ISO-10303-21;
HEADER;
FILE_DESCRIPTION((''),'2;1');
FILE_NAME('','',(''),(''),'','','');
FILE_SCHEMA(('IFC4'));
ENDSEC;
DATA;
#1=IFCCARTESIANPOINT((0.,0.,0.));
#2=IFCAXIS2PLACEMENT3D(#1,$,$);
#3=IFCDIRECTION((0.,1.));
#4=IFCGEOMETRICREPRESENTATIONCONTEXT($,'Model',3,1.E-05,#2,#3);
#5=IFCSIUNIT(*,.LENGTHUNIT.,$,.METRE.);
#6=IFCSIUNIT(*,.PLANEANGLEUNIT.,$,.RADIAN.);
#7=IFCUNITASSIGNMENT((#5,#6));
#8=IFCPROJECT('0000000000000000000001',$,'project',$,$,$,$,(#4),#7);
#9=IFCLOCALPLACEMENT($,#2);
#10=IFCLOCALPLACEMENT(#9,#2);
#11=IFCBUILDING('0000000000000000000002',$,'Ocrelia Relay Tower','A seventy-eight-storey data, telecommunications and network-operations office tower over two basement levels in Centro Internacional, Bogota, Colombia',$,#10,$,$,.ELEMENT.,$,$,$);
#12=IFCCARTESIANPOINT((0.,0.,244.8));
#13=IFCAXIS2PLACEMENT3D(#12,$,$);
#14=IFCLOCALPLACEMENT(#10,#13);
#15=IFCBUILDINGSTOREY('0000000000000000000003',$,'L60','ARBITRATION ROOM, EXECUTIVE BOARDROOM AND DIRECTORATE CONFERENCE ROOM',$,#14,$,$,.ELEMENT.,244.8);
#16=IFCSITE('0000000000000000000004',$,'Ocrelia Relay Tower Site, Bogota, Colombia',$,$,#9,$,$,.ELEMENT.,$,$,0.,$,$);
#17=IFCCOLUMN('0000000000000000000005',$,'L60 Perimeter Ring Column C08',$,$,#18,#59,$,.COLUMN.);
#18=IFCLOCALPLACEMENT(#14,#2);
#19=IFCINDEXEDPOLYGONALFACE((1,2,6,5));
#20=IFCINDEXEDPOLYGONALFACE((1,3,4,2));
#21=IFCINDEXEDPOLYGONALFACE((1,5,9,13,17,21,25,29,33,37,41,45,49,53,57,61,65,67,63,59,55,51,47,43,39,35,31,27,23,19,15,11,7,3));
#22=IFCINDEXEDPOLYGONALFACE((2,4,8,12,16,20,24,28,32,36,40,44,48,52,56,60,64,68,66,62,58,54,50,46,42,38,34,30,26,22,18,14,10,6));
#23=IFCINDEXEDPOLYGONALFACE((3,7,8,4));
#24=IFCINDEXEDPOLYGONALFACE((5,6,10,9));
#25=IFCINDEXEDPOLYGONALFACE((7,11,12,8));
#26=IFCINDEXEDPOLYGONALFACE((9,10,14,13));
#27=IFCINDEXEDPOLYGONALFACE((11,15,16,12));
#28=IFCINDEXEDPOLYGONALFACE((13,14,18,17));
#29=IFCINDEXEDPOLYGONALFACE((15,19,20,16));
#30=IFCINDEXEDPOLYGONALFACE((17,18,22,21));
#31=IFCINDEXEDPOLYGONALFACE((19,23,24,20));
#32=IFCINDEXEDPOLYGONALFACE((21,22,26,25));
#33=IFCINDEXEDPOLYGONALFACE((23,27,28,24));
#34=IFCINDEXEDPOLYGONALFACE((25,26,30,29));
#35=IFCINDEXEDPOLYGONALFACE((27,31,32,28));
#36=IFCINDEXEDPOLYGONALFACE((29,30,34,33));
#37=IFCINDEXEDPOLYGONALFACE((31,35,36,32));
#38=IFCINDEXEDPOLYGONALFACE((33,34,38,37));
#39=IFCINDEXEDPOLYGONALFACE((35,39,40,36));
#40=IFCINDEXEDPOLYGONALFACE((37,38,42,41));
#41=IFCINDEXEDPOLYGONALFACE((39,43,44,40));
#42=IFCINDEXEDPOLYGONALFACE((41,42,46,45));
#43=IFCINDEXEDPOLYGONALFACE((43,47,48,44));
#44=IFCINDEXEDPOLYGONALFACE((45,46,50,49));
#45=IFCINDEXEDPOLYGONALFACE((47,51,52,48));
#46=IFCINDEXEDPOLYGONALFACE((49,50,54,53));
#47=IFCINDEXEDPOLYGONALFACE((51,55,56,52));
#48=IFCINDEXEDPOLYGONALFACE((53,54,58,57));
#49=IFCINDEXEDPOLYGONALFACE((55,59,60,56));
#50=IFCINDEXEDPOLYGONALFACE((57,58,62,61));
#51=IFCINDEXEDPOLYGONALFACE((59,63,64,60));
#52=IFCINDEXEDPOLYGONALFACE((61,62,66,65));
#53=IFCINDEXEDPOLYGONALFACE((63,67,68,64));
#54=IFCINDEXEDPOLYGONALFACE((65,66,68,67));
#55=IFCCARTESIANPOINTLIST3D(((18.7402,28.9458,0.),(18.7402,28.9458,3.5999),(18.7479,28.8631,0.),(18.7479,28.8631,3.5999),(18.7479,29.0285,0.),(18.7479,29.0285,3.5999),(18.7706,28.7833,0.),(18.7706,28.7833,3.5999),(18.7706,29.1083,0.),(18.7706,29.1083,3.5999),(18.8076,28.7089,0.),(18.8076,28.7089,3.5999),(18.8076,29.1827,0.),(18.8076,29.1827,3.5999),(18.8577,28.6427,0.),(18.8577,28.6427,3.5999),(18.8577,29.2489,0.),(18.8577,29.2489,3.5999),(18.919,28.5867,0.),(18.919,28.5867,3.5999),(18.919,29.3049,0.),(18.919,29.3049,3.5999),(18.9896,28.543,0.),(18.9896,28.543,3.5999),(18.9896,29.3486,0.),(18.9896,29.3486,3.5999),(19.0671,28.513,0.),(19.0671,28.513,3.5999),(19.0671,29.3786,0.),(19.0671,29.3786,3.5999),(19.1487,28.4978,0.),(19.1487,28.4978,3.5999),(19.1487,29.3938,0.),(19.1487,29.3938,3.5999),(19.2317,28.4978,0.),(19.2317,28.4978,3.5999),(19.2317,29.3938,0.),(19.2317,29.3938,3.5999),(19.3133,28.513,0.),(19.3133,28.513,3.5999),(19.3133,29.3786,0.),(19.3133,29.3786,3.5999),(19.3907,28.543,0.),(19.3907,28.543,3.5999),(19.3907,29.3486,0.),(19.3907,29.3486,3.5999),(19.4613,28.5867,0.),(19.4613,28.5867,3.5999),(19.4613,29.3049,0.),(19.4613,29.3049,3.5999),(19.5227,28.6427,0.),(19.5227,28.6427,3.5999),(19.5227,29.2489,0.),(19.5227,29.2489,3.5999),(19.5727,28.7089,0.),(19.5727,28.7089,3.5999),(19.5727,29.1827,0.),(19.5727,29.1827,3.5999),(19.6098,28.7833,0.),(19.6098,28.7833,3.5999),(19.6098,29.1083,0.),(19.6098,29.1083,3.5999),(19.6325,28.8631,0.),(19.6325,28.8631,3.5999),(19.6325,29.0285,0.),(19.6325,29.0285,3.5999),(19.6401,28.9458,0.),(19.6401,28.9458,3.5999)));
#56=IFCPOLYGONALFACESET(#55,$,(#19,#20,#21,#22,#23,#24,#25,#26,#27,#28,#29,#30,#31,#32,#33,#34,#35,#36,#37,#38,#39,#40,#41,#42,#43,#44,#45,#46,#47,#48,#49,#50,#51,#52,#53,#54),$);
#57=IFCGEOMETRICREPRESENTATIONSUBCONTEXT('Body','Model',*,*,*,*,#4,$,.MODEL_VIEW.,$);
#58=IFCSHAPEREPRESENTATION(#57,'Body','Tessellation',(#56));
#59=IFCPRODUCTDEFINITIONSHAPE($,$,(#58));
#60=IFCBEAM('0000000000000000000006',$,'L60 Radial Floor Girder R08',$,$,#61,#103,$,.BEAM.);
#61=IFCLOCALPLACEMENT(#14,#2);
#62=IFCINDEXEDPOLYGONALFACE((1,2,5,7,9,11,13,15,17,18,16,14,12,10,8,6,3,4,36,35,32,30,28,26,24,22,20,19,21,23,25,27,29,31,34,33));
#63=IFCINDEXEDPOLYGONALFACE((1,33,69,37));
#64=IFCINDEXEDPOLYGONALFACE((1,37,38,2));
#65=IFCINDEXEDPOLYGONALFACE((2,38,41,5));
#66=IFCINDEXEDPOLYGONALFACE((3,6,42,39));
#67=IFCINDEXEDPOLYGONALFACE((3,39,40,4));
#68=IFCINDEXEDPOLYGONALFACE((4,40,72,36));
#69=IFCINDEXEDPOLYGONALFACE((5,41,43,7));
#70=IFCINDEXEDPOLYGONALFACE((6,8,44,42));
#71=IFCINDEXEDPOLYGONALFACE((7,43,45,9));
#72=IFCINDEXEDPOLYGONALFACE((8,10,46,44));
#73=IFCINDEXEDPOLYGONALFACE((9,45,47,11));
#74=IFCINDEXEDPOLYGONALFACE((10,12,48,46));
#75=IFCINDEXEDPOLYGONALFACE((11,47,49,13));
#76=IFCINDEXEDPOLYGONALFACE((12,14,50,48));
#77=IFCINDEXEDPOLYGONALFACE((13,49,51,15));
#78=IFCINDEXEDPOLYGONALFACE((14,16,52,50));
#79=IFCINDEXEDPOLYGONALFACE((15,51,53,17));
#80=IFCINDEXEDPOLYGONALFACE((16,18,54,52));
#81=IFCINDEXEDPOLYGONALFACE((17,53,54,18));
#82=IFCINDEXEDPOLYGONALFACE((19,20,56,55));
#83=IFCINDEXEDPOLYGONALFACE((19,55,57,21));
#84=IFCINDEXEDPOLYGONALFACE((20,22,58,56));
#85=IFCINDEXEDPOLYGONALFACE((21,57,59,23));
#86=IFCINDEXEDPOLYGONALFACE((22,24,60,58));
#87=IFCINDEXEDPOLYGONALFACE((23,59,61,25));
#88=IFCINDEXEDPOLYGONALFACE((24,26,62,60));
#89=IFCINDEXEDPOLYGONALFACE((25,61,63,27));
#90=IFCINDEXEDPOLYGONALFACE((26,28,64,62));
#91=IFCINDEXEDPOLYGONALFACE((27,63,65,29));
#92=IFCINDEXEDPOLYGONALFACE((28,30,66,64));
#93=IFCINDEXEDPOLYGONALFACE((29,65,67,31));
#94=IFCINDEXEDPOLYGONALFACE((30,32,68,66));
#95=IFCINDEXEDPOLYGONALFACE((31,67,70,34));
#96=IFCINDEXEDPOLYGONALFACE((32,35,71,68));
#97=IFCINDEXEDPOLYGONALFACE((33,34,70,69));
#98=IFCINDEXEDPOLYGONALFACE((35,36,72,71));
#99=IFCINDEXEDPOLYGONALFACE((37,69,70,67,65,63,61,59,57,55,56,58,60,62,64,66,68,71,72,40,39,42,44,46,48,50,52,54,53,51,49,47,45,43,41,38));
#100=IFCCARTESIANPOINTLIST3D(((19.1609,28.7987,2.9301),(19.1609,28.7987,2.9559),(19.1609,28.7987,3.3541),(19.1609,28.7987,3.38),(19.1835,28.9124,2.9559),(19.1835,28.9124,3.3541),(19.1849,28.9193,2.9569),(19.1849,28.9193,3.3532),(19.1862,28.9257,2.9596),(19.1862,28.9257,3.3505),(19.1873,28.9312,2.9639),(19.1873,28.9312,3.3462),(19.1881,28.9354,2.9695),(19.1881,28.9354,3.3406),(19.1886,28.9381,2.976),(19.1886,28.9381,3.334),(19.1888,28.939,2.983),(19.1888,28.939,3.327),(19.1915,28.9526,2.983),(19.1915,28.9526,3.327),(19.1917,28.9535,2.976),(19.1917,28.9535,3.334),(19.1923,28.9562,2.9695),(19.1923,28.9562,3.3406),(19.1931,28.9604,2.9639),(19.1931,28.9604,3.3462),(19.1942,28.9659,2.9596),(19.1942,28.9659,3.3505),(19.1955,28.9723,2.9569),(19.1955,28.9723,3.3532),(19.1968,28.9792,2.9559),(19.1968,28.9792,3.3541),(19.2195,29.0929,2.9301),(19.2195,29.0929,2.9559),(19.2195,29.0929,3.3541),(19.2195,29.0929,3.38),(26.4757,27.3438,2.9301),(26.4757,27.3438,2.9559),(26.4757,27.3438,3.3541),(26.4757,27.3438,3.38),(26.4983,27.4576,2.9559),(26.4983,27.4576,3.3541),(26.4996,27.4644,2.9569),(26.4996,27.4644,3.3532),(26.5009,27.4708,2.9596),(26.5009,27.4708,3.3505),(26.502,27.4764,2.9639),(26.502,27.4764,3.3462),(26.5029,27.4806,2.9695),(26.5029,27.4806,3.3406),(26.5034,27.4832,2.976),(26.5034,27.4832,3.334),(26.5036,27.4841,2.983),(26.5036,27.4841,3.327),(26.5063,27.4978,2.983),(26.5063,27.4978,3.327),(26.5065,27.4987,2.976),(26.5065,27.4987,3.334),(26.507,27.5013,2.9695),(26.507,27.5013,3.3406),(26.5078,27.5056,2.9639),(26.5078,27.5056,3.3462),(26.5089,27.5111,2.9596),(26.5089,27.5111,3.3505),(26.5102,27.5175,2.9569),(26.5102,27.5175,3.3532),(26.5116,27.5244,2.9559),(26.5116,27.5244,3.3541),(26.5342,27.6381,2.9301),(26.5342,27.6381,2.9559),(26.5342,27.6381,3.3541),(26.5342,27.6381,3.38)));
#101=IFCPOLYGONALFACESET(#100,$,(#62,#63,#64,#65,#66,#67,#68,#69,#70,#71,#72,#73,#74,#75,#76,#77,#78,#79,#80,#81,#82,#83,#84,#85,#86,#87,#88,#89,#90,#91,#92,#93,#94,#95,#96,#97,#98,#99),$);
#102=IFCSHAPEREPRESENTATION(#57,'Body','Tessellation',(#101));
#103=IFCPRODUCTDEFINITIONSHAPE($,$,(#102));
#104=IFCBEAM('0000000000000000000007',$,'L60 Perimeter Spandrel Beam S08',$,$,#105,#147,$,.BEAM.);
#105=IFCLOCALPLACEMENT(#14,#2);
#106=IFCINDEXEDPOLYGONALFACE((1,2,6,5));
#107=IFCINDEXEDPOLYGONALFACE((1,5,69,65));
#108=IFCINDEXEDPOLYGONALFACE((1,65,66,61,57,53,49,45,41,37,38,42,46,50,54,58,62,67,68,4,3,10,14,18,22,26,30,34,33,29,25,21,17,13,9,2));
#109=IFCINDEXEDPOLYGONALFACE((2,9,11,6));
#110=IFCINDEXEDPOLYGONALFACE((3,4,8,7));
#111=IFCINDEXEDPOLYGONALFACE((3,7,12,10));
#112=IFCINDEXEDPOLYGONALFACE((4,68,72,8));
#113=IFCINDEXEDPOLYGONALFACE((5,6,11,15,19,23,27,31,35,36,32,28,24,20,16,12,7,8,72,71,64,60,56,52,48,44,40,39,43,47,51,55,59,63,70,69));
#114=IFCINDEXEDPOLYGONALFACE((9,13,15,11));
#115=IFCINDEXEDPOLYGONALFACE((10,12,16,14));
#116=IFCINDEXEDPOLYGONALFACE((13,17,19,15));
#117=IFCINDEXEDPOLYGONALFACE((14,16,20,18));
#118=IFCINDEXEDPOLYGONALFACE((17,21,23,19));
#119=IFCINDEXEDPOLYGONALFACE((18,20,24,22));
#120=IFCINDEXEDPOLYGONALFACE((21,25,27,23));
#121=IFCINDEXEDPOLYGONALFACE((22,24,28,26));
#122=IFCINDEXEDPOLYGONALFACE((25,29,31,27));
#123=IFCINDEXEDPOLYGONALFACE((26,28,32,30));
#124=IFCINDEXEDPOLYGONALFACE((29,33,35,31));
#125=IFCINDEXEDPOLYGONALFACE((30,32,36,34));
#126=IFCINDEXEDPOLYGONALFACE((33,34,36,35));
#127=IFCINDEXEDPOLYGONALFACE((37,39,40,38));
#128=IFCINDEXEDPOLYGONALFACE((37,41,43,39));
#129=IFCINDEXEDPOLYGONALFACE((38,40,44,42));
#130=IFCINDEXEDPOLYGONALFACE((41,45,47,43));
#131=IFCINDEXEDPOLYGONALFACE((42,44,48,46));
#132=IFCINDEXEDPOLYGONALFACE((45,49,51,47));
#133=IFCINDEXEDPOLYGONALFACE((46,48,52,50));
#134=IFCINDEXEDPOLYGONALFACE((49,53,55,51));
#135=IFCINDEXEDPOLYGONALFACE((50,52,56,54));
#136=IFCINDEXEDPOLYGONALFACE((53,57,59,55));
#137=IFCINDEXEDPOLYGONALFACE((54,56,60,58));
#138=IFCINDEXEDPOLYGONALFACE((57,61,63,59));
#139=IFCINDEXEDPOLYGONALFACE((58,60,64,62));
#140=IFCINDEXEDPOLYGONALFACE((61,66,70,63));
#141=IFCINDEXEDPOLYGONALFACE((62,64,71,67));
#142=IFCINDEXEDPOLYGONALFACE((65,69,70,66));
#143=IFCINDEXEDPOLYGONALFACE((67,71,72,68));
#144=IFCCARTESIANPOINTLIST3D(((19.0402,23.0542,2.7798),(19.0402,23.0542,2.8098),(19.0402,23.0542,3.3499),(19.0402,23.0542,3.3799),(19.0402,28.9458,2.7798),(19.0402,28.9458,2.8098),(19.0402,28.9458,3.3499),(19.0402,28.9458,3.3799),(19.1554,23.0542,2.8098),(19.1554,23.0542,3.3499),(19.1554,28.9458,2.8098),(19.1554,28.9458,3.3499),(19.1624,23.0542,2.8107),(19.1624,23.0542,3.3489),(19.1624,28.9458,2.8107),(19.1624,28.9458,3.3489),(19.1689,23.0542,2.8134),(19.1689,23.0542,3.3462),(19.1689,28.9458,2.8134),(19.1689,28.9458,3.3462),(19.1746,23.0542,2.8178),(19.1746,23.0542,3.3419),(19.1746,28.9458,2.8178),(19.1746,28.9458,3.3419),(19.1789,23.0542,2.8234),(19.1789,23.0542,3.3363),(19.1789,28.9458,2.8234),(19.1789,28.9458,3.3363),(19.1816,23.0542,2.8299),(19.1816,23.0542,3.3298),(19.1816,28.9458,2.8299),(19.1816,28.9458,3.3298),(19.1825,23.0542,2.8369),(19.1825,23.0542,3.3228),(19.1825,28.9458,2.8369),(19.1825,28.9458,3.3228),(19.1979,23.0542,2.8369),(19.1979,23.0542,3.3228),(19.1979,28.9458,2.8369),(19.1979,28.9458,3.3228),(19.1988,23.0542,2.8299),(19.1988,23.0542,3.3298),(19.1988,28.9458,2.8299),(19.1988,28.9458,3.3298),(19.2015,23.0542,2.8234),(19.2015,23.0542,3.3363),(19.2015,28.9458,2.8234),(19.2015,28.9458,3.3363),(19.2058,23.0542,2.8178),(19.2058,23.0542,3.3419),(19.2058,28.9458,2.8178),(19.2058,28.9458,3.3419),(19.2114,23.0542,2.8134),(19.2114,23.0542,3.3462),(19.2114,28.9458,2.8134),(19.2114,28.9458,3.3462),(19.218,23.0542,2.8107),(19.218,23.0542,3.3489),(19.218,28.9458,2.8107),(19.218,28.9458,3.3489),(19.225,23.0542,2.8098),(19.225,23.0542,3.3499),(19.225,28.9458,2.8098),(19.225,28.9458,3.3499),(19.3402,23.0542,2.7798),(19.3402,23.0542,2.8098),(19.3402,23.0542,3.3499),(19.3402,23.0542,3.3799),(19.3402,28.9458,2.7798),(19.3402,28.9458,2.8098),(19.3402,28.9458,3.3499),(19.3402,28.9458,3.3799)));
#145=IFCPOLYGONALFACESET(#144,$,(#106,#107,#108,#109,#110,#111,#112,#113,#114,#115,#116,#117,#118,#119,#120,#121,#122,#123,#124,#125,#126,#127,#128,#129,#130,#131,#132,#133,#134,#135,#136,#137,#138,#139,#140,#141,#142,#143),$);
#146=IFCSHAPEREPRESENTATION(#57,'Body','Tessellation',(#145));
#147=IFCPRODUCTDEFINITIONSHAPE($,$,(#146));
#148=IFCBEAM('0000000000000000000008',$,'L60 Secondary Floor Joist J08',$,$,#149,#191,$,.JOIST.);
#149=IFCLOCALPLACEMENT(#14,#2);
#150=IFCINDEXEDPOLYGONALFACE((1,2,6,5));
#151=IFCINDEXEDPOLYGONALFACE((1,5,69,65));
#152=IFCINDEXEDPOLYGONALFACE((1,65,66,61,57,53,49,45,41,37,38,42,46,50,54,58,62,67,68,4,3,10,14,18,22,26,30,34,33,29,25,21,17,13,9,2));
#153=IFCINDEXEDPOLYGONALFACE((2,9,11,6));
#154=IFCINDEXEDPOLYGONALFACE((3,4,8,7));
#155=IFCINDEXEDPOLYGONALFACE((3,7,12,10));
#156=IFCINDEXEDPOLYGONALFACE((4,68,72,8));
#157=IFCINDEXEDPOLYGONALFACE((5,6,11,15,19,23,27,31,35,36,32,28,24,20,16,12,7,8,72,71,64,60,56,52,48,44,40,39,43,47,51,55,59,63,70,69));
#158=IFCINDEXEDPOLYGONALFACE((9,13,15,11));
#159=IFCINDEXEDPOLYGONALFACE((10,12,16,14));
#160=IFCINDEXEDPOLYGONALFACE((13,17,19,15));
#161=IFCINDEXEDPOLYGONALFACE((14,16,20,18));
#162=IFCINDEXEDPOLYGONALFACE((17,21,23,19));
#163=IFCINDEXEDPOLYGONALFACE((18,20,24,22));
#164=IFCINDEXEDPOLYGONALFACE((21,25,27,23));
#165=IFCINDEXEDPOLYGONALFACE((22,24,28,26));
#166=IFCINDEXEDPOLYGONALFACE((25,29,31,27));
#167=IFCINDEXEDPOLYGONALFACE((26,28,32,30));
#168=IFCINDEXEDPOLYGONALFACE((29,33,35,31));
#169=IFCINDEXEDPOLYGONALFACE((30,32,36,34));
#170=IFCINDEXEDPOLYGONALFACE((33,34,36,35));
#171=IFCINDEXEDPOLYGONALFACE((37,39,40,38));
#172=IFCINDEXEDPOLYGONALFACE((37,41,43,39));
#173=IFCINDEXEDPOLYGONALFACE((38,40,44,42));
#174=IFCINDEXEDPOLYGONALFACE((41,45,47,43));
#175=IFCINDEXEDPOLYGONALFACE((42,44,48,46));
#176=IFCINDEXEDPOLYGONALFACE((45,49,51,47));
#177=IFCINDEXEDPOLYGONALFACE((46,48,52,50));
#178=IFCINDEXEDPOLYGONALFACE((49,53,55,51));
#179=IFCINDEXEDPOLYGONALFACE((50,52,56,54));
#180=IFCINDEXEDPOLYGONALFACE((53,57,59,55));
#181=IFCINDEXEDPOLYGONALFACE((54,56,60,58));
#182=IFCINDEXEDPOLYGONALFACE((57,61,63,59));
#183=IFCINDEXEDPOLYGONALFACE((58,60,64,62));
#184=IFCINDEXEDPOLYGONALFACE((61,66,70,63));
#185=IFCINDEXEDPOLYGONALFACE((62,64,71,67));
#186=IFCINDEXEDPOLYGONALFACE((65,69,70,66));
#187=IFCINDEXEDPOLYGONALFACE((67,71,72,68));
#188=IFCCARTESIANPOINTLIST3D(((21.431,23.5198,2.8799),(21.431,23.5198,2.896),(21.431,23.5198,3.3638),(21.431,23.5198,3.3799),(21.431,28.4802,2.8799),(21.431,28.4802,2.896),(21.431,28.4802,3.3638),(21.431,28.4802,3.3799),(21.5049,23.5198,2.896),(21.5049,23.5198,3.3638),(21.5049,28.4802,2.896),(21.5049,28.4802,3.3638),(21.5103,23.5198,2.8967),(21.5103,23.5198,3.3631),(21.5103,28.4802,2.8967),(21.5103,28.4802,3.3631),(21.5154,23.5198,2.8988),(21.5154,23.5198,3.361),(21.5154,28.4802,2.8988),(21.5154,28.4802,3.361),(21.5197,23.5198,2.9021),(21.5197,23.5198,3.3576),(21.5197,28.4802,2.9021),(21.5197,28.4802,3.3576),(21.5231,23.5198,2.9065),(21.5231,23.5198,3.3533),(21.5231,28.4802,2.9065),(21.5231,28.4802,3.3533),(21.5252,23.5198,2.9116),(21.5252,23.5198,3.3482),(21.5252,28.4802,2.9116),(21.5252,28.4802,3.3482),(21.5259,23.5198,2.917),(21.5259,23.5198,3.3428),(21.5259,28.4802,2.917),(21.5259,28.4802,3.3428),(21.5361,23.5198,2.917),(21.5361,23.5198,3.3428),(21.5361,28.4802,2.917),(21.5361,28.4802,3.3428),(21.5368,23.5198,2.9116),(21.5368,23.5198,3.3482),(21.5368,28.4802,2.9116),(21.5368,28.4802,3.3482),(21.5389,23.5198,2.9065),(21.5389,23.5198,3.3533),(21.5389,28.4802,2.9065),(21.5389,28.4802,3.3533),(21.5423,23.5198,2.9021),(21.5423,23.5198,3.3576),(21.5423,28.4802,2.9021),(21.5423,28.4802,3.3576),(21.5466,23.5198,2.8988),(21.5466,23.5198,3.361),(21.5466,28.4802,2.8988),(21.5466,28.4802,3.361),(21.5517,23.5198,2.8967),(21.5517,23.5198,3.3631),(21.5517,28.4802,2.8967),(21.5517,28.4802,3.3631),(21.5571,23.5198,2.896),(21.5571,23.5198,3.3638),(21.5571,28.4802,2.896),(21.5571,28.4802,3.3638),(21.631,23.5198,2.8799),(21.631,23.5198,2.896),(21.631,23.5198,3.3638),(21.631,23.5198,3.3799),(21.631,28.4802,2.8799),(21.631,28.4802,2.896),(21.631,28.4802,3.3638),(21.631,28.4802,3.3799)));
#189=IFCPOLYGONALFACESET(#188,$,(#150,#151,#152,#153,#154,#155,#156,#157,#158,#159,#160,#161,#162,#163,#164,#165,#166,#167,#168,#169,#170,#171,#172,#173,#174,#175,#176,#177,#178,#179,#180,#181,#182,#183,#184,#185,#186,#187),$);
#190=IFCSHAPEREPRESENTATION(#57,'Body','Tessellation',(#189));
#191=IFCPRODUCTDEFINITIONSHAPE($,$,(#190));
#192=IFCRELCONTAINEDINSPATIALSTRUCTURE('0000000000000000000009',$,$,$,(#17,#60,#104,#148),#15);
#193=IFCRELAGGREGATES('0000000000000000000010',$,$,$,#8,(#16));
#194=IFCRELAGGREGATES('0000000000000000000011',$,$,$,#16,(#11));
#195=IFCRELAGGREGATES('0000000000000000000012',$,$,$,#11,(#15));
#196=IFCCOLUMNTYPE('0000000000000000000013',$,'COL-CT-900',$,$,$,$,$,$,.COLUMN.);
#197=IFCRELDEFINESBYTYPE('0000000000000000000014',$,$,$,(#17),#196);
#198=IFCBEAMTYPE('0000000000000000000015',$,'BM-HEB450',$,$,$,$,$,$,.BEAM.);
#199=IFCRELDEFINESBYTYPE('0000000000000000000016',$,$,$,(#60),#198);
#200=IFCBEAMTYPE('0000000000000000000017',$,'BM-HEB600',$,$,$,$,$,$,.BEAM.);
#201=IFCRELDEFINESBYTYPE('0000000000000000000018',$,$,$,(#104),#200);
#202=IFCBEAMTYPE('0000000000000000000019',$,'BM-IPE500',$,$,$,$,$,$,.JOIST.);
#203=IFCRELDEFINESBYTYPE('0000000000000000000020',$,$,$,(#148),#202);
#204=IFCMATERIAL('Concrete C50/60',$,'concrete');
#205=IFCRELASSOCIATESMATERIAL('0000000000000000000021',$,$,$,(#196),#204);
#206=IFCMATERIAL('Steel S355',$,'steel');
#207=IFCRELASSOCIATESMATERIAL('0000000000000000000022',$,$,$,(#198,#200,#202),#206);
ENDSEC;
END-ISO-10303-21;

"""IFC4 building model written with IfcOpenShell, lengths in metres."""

from ifc_helpers import new_model, si_unit, direction, frame, origin, origin_2d, place, context, subcontext, project, spatial, circle, i_section, extrude, material, material_profile, profile_set, type_object, element, save


model = new_model("IFC4")

# Units and contexts
model_context = context("Model", 3, precision=1e-05, world=origin(), true_north=direction((0.0, 1.0)))
body_context = subcontext(model_context, "Body", "Model", "MODEL_VIEW")
ifc_project = project(units=[si_unit("LENGTHUNIT", "METRE"), si_unit("PLANEANGLEUNIT", "RADIAN")], contexts=[model_context])

# Site, building, storey
site_placement = place(None, origin())
site = spatial("IfcSite", under=ifc_project, at=site_placement, Name="Ocrelia Relay Tower Site, Bogota, Colombia", CompositionType="ELEMENT", RefElevation=0.0)
building_placement = place(site_placement, origin())
building = spatial("IfcBuilding", under=site, at=building_placement, Name="Ocrelia Relay Tower", Description="A seventy-eight-storey data, telecommunications and network-operations office tower over two basement levels in Centro Internacional, Bogota, Colombia", CompositionType="ELEMENT")
storey_placement = place(building_placement, frame((0.0, 0.0, 244.8)))
storey = spatial("IfcBuildingStorey", under=building, at=storey_placement, Name="L60", Description="ARBITRATION ROOM, EXECUTIVE BOARDROOM AND DIRECTORATE CONFERENCE ROOM", CompositionType="ELEMENT", Elevation=244.8)

# Column
ifc_material_1 = material(Name="Concrete C50/60", Category="concrete")
ifc_material_profile_1 = material_profile(ifc_material_1, circle(Radius=0.45, at=origin_2d()), Name="RC-CIR-900")
ifc_profile_set_1 = profile_set([ifc_material_profile_1], Name="Concrete C50/60")
column_type = type_object("IfcColumnType", Name="COL-CT-900", PredefinedType="COLUMN", material=ifc_profile_set_1)
column_placement = place(storey_placement, frame((19.1902, 28.9458, 0.0), z_axis=(0.0, 0.0, 1.0), x_axis=(1.0, 0.0, 0.0)))
element("IfcColumn", 1, at=column_placement, inside=storey, type_object=column_type, Name="L60 Perimeter Ring Column C08", PredefinedType="COLUMN", context=body_context, shape_type="SweptSolid", body=[
    extrude(circle(Radius=0.45, at=origin_2d()), origin(), (0.0, 0.0, 1.0), 3.5999),
])

# Beams
ifc_material_2 = material(Name="Steel S355", Category="steel")
ifc_material_profile_2 = material_profile(ifc_material_2, i_section(OverallWidth=0.3, OverallDepth=0.45, WebThickness=0.0139, FlangeThickness=0.0259, FilletRadius=0.0271, at=origin_2d()), Name="HEB 450")
ifc_profile_set_2 = profile_set([ifc_material_profile_2], Name="Steel S355")
beam_type_1 = type_object("IfcBeamType", Name="BM-HEB450", PredefinedType="BEAM", material=ifc_profile_set_2)
beam_1_placement = place(storey_placement, frame((19.1902, 28.9458, 3.155), z_axis=(0.980789, -0.195071, 0.0), x_axis=(0.195071, 0.980789, 0.0)))
element("IfcBeam", 2, at=beam_1_placement, inside=storey, type_object=beam_type_1, Name="L60 Radial Floor Girder R08", PredefinedType="BEAM", context=body_context, shape_type="SweptSolid", body=[
    extrude(i_section(OverallWidth=0.3, OverallDepth=0.45, WebThickness=0.0139, FlangeThickness=0.0259, FilletRadius=0.0271, at=origin_2d()), origin(), (0.0, 0.0, 1.0), 7.458),
])
ifc_material_profile_3 = material_profile(ifc_material_2, i_section(OverallWidth=0.3, OverallDepth=0.6001, WebThickness=0.0154, FlangeThickness=0.03, FilletRadius=0.0271, at=origin_2d()), Name="HEB 600")
ifc_profile_set_3 = profile_set([ifc_material_profile_3], Name="Steel S355")
beam_type_2 = type_object("IfcBeamType", Name="BM-HEB600", PredefinedType="BEAM", material=ifc_profile_set_3)
beam_2_placement = place(storey_placement, frame((19.1902, 28.9458, 3.0798), z_axis=(0.0, -1.0, 0.0), x_axis=(1.0, 0.0, 0.0)))
element("IfcBeam", 3, at=beam_2_placement, inside=storey, type_object=beam_type_2, Name="L60 Perimeter Spandrel Beam S08", PredefinedType="BEAM", context=body_context, shape_type="SweptSolid", body=[
    extrude(i_section(OverallWidth=0.3, OverallDepth=0.6001, WebThickness=0.0154, FlangeThickness=0.03, FilletRadius=0.0271, at=origin_2d()), origin(), (0.0, 0.0, 1.0), 5.8916),
])
ifc_material_profile_4 = material_profile(ifc_material_2, i_section(OverallWidth=0.2, OverallDepth=0.5, WebThickness=0.0103, FlangeThickness=0.0161, FilletRadius=0.021, at=origin_2d()), Name="IPE 500")
ifc_profile_set_4 = profile_set([ifc_material_profile_4], Name="Steel S355")
beam_type_3 = type_object("IfcBeamType", Name="BM-IPE500", PredefinedType="JOIST", material=ifc_profile_set_4)
beam_3_placement = place(storey_placement, frame((21.531, 28.4802, 3.1299), z_axis=(0.0, -1.0, 0.0), x_axis=(1.0, 0.0, 0.0)))
element("IfcBeam", 4, at=beam_3_placement, inside=storey, type_object=beam_type_3, Name="L60 Secondary Floor Joist J08", PredefinedType="JOIST", context=body_context, shape_type="SweptSolid", body=[
    extrude(i_section(OverallWidth=0.2, OverallDepth=0.5, WebThickness=0.0103, FlangeThickness=0.0161, FilletRadius=0.021, at=origin_2d()), origin(), (0.0, 0.0, 1.0), 4.9604),
])

save(model, "model.ifc")
